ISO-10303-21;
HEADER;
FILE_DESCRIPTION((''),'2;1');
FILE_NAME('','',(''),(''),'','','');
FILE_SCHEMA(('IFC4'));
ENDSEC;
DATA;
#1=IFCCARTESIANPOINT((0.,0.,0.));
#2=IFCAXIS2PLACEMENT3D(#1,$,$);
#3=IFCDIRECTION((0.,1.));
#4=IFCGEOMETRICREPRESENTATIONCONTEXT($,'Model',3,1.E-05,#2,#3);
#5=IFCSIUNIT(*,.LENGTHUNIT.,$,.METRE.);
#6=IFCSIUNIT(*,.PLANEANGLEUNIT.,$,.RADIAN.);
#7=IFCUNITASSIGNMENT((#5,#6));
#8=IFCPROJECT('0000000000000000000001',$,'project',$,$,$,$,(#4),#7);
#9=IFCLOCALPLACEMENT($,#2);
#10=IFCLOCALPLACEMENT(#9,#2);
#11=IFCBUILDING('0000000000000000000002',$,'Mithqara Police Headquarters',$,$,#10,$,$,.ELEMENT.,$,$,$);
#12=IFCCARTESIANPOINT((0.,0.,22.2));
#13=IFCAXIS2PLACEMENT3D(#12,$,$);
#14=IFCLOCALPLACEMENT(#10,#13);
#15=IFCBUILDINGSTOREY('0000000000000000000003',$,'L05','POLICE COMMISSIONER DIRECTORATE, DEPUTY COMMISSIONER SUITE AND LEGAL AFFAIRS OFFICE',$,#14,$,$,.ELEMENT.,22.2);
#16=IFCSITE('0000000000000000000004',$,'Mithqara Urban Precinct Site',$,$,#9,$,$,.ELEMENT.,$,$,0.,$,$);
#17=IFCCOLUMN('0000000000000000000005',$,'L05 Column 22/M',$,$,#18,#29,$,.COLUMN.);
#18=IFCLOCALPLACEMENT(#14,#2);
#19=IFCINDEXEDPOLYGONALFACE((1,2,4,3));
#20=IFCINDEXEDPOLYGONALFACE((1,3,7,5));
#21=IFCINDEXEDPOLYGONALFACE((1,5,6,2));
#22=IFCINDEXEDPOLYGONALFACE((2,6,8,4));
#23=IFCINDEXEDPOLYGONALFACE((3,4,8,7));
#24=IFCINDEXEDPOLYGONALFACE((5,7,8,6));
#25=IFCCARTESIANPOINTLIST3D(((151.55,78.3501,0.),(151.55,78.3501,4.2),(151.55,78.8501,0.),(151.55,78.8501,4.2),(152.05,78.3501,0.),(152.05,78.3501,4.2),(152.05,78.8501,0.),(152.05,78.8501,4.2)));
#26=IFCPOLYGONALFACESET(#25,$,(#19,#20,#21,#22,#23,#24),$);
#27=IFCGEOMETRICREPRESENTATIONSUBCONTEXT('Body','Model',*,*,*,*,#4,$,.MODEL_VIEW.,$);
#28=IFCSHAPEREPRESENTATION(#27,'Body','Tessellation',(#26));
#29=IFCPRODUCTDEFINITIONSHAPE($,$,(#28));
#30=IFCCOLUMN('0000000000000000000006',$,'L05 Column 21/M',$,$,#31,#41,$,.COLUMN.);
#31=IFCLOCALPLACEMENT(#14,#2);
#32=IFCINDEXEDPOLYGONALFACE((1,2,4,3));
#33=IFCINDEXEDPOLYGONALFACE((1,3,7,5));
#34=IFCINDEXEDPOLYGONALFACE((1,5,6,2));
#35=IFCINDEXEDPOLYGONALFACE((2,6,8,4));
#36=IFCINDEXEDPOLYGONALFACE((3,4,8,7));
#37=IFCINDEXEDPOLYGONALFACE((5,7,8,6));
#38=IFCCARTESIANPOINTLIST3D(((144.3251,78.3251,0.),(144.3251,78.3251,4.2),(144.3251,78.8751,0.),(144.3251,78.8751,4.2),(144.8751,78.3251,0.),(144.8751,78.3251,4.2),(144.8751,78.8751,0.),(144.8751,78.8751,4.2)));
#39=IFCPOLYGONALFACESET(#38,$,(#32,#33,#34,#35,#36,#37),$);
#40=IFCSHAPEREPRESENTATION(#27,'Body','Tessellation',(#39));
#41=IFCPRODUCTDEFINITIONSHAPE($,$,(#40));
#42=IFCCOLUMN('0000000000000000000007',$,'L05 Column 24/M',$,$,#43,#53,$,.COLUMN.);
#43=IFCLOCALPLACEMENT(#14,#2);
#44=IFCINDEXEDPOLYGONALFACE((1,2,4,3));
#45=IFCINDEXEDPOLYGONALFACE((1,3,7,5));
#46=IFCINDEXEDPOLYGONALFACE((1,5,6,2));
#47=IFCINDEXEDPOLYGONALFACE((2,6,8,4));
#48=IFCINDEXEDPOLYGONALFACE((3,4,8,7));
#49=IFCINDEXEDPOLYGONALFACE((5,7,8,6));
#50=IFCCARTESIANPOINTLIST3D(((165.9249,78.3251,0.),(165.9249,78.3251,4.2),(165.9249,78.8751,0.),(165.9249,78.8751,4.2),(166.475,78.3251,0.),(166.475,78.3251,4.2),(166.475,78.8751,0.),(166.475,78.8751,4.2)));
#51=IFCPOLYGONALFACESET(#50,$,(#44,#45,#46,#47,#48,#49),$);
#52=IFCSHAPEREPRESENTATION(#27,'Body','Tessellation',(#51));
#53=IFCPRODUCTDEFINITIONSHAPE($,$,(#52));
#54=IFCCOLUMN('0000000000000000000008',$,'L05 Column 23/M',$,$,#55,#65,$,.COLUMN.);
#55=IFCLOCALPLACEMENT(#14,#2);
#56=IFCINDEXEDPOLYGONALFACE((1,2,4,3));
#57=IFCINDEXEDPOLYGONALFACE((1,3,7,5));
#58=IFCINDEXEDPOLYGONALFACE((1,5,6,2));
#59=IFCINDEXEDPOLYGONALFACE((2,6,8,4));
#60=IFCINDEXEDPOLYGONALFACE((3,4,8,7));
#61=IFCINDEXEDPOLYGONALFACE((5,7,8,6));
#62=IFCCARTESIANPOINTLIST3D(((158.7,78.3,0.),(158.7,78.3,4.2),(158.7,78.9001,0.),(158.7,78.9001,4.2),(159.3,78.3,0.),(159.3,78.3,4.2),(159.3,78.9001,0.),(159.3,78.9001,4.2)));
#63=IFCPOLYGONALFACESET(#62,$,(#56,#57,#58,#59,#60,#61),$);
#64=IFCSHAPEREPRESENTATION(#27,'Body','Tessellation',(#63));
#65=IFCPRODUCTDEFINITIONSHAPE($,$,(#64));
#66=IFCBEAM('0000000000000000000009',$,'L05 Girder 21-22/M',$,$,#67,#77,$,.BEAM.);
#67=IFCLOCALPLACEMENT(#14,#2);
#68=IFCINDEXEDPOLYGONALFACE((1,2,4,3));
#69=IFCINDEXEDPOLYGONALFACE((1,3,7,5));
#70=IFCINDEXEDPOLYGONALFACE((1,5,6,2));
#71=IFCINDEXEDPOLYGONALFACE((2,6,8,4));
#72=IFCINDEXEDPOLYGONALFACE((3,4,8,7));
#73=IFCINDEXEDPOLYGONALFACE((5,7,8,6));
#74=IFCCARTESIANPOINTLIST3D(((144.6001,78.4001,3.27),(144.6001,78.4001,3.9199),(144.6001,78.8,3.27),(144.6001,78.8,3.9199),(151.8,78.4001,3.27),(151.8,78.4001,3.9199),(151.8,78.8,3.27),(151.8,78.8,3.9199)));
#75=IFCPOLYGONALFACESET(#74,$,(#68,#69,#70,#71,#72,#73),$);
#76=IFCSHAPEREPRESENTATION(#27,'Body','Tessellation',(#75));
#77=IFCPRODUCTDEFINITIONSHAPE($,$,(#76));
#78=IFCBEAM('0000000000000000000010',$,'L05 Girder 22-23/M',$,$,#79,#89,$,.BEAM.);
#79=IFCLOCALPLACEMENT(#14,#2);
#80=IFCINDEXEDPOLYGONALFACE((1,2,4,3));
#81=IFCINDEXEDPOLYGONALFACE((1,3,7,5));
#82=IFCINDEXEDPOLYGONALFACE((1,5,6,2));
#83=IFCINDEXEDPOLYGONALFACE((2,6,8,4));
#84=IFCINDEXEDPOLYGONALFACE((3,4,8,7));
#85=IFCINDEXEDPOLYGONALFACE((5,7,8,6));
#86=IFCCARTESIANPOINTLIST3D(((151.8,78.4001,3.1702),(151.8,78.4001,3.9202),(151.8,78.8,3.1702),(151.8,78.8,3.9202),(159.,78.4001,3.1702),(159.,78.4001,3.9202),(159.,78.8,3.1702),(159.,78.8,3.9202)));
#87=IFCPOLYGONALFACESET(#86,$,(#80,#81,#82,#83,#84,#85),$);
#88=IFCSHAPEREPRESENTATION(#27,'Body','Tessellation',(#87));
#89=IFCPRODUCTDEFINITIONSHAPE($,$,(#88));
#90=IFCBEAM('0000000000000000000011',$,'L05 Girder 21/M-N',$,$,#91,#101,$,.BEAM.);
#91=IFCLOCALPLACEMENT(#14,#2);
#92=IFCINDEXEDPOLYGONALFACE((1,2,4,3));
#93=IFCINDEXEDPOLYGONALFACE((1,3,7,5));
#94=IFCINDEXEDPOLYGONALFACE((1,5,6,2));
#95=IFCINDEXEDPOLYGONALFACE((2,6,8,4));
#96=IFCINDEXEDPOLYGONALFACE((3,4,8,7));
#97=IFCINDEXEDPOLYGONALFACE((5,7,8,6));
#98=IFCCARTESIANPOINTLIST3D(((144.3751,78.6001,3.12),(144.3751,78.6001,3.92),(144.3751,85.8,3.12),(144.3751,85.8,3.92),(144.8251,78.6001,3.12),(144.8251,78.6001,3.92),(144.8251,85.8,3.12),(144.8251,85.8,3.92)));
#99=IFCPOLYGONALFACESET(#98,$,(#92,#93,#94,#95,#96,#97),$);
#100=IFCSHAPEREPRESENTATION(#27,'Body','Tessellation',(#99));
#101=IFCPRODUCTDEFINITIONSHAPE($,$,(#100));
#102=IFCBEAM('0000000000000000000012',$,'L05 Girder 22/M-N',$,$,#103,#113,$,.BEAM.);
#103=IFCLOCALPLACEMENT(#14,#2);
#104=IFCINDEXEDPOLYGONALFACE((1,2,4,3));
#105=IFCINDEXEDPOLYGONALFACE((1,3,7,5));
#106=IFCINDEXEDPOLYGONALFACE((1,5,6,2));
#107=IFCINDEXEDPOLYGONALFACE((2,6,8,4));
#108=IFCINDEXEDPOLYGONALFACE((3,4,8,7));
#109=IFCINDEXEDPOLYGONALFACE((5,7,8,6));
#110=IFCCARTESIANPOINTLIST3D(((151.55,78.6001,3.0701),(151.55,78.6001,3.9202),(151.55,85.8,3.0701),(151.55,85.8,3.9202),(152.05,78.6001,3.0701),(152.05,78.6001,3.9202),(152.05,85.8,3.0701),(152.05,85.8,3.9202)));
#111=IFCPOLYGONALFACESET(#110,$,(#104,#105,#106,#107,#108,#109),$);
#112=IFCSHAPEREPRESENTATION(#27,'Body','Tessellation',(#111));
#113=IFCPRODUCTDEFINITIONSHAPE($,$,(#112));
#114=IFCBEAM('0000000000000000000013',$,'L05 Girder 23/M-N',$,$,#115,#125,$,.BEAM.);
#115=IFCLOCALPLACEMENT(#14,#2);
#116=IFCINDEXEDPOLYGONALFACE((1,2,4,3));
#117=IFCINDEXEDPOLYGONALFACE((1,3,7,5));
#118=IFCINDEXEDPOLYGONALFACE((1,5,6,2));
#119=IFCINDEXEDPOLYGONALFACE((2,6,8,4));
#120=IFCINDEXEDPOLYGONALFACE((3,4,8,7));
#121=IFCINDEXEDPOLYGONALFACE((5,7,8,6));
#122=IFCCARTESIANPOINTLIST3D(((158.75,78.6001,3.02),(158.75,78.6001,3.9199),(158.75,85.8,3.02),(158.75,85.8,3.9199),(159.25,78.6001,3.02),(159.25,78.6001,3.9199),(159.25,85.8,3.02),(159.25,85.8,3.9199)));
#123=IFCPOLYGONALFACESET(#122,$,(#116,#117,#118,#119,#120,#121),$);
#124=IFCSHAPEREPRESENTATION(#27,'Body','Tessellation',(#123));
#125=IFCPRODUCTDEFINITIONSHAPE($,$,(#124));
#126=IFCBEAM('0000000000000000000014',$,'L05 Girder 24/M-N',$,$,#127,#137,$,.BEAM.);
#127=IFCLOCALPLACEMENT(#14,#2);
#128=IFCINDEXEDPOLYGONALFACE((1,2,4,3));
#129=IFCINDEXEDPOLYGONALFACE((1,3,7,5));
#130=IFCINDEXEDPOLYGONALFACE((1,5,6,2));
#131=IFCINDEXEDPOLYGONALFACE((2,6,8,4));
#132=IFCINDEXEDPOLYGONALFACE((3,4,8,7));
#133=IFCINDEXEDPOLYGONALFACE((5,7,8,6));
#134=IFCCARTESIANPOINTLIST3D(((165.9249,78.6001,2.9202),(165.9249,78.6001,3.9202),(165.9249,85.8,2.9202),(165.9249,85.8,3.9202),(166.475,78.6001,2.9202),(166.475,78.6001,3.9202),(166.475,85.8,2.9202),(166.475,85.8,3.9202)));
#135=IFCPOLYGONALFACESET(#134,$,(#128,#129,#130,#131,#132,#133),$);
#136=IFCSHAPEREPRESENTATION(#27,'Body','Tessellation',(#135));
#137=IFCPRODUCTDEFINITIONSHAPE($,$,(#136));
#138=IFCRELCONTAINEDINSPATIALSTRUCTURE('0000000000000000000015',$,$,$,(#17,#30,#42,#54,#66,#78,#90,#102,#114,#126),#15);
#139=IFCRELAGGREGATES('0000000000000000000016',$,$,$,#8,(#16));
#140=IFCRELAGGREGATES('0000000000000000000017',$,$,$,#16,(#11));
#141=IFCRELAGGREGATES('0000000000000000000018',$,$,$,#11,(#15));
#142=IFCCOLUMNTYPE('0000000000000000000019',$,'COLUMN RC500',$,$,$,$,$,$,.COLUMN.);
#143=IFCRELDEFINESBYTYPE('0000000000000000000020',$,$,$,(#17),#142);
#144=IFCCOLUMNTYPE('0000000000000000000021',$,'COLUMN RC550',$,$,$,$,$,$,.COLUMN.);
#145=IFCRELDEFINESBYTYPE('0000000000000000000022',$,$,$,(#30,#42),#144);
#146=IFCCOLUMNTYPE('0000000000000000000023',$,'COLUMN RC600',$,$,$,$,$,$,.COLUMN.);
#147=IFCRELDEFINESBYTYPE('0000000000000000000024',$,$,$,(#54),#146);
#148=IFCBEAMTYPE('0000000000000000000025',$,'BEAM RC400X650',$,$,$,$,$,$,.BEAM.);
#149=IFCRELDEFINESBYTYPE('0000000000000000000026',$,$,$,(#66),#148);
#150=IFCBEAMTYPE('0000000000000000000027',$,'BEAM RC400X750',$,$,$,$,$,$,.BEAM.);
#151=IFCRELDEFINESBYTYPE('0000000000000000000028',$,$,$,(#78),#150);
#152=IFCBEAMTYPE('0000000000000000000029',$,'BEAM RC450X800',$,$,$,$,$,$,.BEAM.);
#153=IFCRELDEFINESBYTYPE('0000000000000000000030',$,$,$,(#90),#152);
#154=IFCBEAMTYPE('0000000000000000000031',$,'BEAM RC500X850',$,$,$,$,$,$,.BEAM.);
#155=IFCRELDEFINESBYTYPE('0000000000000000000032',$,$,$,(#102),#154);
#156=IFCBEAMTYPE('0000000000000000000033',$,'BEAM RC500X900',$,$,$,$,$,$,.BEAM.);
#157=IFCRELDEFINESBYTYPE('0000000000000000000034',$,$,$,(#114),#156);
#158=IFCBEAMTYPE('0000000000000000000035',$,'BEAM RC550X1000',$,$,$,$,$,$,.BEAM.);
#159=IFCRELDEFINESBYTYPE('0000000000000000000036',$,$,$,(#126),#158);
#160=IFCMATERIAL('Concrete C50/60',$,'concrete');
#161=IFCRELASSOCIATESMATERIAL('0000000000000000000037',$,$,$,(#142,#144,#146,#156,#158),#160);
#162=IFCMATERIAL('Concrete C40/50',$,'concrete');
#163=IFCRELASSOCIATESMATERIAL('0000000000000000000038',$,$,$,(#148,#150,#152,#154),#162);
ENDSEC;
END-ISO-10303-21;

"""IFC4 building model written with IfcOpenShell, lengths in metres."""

from ifc_helpers import new_model, si_unit, direction, frame, origin, origin_2d, place, context, subcontext, project, spatial, rectangle, extrude, material, material_profile, profile_set, type_object, element, save


model = new_model("IFC4")

# Units and contexts
model_context = context("Model", 3, precision=1e-05, world=origin(), true_north=direction((0.0, 1.0)))
body_context = subcontext(model_context, "Body", "Model", "MODEL_VIEW")
ifc_project = project(units=[si_unit("LENGTHUNIT", "METRE"), si_unit("PLANEANGLEUNIT", "RADIAN")], contexts=[model_context])

# Site, building, storey
site_placement = place(None, origin())
site = spatial("IfcSite", under=ifc_project, at=site_placement, Name="Mithqara Urban Precinct Site", CompositionType="ELEMENT", RefElevation=0.0)
building_placement = place(site_placement, origin())
building = spatial("IfcBuilding", under=site, at=building_placement, Name="Mithqara Police Headquarters", CompositionType="ELEMENT")
storey_placement = place(building_placement, frame((0.0, 0.0, 22.2)))
storey = spatial("IfcBuildingStorey", under=building, at=storey_placement, Name="L05", Description="POLICE COMMISSIONER DIRECTORATE, DEPUTY COMMISSIONER SUITE AND LEGAL AFFAIRS OFFICE", CompositionType="ELEMENT", Elevation=22.2)

# Columns
ifc_material_1 = material(Name="Concrete C50/60", Category="concrete")
ifc_material_profile_1 = material_profile(ifc_material_1, rectangle(XDim=0.5, YDim=0.5, at=origin_2d()), Name="RC 500x500")
ifc_profile_set_1 = profile_set([ifc_material_profile_1], Name="Concrete C50/60")
column_type_1 = type_object("IfcColumnType", Name="COLUMN RC500", PredefinedType="COLUMN", material=ifc_profile_set_1)
column_1_placement = place(storey_placement, frame((151.8, 78.6001, 0.0), z_axis=(0.0, 0.0, 1.0), x_axis=(1.0, 0.0, 0.0)))
element("IfcColumn", 1, at=column_1_placement, inside=storey, type_object=column_type_1, Name="L05 Column 22/M", PredefinedType="COLUMN", context=body_context, shape_type="SweptSolid", body=[
    extrude(rectangle(XDim=0.5, YDim=0.5, at=origin_2d()), origin(), (0.0, 0.0, 1.0), 4.2),
])
ifc_material_profile_2 = material_profile(ifc_material_1, rectangle(XDim=0.55, YDim=0.55, at=origin_2d()), Name="RC 550x550")
ifc_profile_set_2 = profile_set([ifc_material_profile_2], Name="Concrete C50/60")
column_type_2 = type_object("IfcColumnType", Name="COLUMN RC550", PredefinedType="COLUMN", material=ifc_profile_set_2)
for number, where, z_axis, x_axis, name in (
    (2, (144.6001, 78.6001, 0.0), (0.0, 0.0, 1.0), (1.0, 0.0, 0.0), "L05 Column 21/M"),
    (3, (166.2, 78.6001, 0.0), (0.0, 0.0, 1.0), (1.0, 0.0, 0.0), "L05 Column 24/M"),
):
    element("IfcColumn", number, at=place(storey_placement, frame(where, z_axis=z_axis, x_axis=x_axis)), inside=storey, type_object=column_type_2, Name=name, PredefinedType="COLUMN", context=body_context, shape_type="SweptSolid", body=[
        extrude(rectangle(XDim=0.55, YDim=0.55, at=origin_2d()), origin(), (0.0, 0.0, 1.0), 4.2),
    ])
ifc_material_profile_3 = material_profile(ifc_material_1, rectangle(XDim=0.6001, YDim=0.6001, at=origin_2d()), Name="RC 600x600")
ifc_profile_set_3 = profile_set([ifc_material_profile_3], Name="Concrete C50/60")
column_type_3 = type_object("IfcColumnType", Name="COLUMN RC600", PredefinedType="COLUMN", material=ifc_profile_set_3)
column_2_placement = place(storey_placement, frame((159.0, 78.6001, 0.0), z_axis=(0.0, 0.0, 1.0), x_axis=(1.0, 0.0, 0.0)))
element("IfcColumn", 4, at=column_2_placement, inside=storey, type_object=column_type_3, Name="L05 Column 23/M", PredefinedType="COLUMN", context=body_context, shape_type="SweptSolid", body=[
    extrude(rectangle(XDim=0.6001, YDim=0.6001, at=origin_2d()), origin(), (0.0, 0.0, 1.0), 4.2),
])

# Beams
ifc_material_2 = material(Name="Concrete C40/50", Category="concrete")
ifc_material_profile_4 = material_profile(ifc_material_2, rectangle(XDim=0.3999, YDim=0.6499, at=origin_2d()), Name="RC 400x650")
ifc_profile_set_4 = profile_set([ifc_material_profile_4], Name="Concrete C40/50")
beam_type_1 = type_object("IfcBeamType", Name="BEAM RC400X650", PredefinedType="BEAM", material=ifc_profile_set_4)
beam_1_placement = place(storey_placement, frame((144.6001, 78.6001, 3.595), z_axis=(1.0, 0.0, 0.0), x_axis=(0.0, 1.0, 0.0)))
element("IfcBeam", 5, at=beam_1_placement, inside=storey, type_object=beam_type_1, Name="L05 Girder 21-22/M", PredefinedType="BEAM", context=body_context, shape_type="SweptSolid", body=[
    extrude(rectangle(XDim=0.3999, YDim=0.6499, at=origin_2d()), origin(), (0.0, 0.0, 1.0), 7.2),
])
ifc_material_profile_5 = material_profile(ifc_material_2, rectangle(XDim=0.3999, YDim=0.75, at=origin_2d()), Name="RC 400x750")
ifc_profile_set_5 = profile_set([ifc_material_profile_5], Name="Concrete C40/50")
beam_type_2 = type_object("IfcBeamType", Name="BEAM RC400X750", PredefinedType="BEAM", material=ifc_profile_set_5)
beam_2_placement = place(storey_placement, frame((151.8, 78.6001, 3.5452), z_axis=(1.0, 0.0, 0.0), x_axis=(0.0, 1.0, 0.0)))
element("IfcBeam", 6, at=beam_2_placement, inside=storey, type_object=beam_type_2, Name="L05 Girder 22-23/M", PredefinedType="BEAM", context=body_context, shape_type="SweptSolid", body=[
    extrude(rectangle(XDim=0.3999, YDim=0.75, at=origin_2d()), origin(), (0.0, 0.0, 1.0), 7.2),
])
ifc_material_profile_6 = material_profile(ifc_material_2, rectangle(XDim=0.45, YDim=0.8, at=origin_2d()), Name="RC 450x800")
ifc_profile_set_6 = profile_set([ifc_material_profile_6], Name="Concrete C40/50")
beam_type_3 = type_object("IfcBeamType", Name="BEAM RC450X800", PredefinedType="BEAM", material=ifc_profile_set_6)
beam_3_placement = place(storey_placement, frame((144.6001, 78.6001, 3.52), z_axis=(0.0, 1.0, 0.0), x_axis=(-1.0, 0.0, 0.0)))
element("IfcBeam", 7, at=beam_3_placement, inside=storey, type_object=beam_type_3, Name="L05 Girder 21/M-N", PredefinedType="BEAM", context=body_context, shape_type="SweptSolid", body=[
    extrude(rectangle(XDim=0.45, YDim=0.8, at=origin_2d()), origin(), (0.0, 0.0, 1.0), 7.2),
])
ifc_material_profile_7 = material_profile(ifc_material_2, rectangle(XDim=0.5, YDim=0.8501, at=origin_2d()), Name="RC 500x850")
ifc_profile_set_7 = profile_set([ifc_material_profile_7], Name="Concrete C40/50")
beam_type_4 = type_object("IfcBeamType", Name="BEAM RC500X850", PredefinedType="BEAM", material=ifc_profile_set_7)
beam_4_placement = place(storey_placement, frame((151.8, 78.6001, 3.4951), z_axis=(0.0, 1.0, 0.0), x_axis=(-1.0, 0.0, 0.0)))
element("IfcBeam", 8, at=beam_4_placement, inside=storey, type_object=beam_type_4, Name="L05 Girder 22/M-N", PredefinedType="BEAM", context=body_context, shape_type="SweptSolid", body=[
    extrude(rectangle(XDim=0.5, YDim=0.8501, at=origin_2d()), origin(), (0.0, 0.0, 1.0), 7.2),
])
ifc_material_profile_8 = material_profile(ifc_material_1, rectangle(XDim=0.5, YDim=0.8999, at=origin_2d()), Name="RC 500x900")
ifc_profile_set_8 = profile_set([ifc_material_profile_8], Name="Concrete C50/60")
beam_type_5 = type_object("IfcBeamType", Name="BEAM RC500X900", PredefinedType="BEAM", material=ifc_profile_set_8)
beam_5_placement = place(storey_placement, frame((159.0, 78.6001, 3.47), z_axis=(0.0, 1.0, 0.0), x_axis=(-1.0, 0.0, 0.0)))
element("IfcBeam", 9, at=beam_5_placement, inside=storey, type_object=beam_type_5, Name="L05 Girder 23/M-N", PredefinedType="BEAM", context=body_context, shape_type="SweptSolid", body=[
    extrude(rectangle(XDim=0.5, YDim=0.8999, at=origin_2d()), origin(), (0.0, 0.0, 1.0), 7.2),
])
ifc_material_profile_9 = material_profile(ifc_material_1, rectangle(XDim=0.55, YDim=1.0, at=origin_2d()), Name="RC 550x1000")
ifc_profile_set_9 = profile_set([ifc_material_profile_9], Name="Concrete C50/60")
beam_type_6 = type_object("IfcBeamType", Name="BEAM RC550X1000", PredefinedType="BEAM", material=ifc_profile_set_9)
beam_6_placement = place(storey_placement, frame((166.2, 78.6001, 3.4202), z_axis=(0.0, 1.0, 0.0), x_axis=(-1.0, 0.0, 0.0)))
element("IfcBeam", 10, at=beam_6_placement, inside=storey, type_object=beam_type_6, Name="L05 Girder 24/M-N", PredefinedType="BEAM", context=body_context, shape_type="SweptSolid", body=[
    extrude(rectangle(XDim=0.55, YDim=1.0, at=origin_2d()), origin(), (0.0, 0.0, 1.0), 7.2),
])

save(model, "model.ifc")
